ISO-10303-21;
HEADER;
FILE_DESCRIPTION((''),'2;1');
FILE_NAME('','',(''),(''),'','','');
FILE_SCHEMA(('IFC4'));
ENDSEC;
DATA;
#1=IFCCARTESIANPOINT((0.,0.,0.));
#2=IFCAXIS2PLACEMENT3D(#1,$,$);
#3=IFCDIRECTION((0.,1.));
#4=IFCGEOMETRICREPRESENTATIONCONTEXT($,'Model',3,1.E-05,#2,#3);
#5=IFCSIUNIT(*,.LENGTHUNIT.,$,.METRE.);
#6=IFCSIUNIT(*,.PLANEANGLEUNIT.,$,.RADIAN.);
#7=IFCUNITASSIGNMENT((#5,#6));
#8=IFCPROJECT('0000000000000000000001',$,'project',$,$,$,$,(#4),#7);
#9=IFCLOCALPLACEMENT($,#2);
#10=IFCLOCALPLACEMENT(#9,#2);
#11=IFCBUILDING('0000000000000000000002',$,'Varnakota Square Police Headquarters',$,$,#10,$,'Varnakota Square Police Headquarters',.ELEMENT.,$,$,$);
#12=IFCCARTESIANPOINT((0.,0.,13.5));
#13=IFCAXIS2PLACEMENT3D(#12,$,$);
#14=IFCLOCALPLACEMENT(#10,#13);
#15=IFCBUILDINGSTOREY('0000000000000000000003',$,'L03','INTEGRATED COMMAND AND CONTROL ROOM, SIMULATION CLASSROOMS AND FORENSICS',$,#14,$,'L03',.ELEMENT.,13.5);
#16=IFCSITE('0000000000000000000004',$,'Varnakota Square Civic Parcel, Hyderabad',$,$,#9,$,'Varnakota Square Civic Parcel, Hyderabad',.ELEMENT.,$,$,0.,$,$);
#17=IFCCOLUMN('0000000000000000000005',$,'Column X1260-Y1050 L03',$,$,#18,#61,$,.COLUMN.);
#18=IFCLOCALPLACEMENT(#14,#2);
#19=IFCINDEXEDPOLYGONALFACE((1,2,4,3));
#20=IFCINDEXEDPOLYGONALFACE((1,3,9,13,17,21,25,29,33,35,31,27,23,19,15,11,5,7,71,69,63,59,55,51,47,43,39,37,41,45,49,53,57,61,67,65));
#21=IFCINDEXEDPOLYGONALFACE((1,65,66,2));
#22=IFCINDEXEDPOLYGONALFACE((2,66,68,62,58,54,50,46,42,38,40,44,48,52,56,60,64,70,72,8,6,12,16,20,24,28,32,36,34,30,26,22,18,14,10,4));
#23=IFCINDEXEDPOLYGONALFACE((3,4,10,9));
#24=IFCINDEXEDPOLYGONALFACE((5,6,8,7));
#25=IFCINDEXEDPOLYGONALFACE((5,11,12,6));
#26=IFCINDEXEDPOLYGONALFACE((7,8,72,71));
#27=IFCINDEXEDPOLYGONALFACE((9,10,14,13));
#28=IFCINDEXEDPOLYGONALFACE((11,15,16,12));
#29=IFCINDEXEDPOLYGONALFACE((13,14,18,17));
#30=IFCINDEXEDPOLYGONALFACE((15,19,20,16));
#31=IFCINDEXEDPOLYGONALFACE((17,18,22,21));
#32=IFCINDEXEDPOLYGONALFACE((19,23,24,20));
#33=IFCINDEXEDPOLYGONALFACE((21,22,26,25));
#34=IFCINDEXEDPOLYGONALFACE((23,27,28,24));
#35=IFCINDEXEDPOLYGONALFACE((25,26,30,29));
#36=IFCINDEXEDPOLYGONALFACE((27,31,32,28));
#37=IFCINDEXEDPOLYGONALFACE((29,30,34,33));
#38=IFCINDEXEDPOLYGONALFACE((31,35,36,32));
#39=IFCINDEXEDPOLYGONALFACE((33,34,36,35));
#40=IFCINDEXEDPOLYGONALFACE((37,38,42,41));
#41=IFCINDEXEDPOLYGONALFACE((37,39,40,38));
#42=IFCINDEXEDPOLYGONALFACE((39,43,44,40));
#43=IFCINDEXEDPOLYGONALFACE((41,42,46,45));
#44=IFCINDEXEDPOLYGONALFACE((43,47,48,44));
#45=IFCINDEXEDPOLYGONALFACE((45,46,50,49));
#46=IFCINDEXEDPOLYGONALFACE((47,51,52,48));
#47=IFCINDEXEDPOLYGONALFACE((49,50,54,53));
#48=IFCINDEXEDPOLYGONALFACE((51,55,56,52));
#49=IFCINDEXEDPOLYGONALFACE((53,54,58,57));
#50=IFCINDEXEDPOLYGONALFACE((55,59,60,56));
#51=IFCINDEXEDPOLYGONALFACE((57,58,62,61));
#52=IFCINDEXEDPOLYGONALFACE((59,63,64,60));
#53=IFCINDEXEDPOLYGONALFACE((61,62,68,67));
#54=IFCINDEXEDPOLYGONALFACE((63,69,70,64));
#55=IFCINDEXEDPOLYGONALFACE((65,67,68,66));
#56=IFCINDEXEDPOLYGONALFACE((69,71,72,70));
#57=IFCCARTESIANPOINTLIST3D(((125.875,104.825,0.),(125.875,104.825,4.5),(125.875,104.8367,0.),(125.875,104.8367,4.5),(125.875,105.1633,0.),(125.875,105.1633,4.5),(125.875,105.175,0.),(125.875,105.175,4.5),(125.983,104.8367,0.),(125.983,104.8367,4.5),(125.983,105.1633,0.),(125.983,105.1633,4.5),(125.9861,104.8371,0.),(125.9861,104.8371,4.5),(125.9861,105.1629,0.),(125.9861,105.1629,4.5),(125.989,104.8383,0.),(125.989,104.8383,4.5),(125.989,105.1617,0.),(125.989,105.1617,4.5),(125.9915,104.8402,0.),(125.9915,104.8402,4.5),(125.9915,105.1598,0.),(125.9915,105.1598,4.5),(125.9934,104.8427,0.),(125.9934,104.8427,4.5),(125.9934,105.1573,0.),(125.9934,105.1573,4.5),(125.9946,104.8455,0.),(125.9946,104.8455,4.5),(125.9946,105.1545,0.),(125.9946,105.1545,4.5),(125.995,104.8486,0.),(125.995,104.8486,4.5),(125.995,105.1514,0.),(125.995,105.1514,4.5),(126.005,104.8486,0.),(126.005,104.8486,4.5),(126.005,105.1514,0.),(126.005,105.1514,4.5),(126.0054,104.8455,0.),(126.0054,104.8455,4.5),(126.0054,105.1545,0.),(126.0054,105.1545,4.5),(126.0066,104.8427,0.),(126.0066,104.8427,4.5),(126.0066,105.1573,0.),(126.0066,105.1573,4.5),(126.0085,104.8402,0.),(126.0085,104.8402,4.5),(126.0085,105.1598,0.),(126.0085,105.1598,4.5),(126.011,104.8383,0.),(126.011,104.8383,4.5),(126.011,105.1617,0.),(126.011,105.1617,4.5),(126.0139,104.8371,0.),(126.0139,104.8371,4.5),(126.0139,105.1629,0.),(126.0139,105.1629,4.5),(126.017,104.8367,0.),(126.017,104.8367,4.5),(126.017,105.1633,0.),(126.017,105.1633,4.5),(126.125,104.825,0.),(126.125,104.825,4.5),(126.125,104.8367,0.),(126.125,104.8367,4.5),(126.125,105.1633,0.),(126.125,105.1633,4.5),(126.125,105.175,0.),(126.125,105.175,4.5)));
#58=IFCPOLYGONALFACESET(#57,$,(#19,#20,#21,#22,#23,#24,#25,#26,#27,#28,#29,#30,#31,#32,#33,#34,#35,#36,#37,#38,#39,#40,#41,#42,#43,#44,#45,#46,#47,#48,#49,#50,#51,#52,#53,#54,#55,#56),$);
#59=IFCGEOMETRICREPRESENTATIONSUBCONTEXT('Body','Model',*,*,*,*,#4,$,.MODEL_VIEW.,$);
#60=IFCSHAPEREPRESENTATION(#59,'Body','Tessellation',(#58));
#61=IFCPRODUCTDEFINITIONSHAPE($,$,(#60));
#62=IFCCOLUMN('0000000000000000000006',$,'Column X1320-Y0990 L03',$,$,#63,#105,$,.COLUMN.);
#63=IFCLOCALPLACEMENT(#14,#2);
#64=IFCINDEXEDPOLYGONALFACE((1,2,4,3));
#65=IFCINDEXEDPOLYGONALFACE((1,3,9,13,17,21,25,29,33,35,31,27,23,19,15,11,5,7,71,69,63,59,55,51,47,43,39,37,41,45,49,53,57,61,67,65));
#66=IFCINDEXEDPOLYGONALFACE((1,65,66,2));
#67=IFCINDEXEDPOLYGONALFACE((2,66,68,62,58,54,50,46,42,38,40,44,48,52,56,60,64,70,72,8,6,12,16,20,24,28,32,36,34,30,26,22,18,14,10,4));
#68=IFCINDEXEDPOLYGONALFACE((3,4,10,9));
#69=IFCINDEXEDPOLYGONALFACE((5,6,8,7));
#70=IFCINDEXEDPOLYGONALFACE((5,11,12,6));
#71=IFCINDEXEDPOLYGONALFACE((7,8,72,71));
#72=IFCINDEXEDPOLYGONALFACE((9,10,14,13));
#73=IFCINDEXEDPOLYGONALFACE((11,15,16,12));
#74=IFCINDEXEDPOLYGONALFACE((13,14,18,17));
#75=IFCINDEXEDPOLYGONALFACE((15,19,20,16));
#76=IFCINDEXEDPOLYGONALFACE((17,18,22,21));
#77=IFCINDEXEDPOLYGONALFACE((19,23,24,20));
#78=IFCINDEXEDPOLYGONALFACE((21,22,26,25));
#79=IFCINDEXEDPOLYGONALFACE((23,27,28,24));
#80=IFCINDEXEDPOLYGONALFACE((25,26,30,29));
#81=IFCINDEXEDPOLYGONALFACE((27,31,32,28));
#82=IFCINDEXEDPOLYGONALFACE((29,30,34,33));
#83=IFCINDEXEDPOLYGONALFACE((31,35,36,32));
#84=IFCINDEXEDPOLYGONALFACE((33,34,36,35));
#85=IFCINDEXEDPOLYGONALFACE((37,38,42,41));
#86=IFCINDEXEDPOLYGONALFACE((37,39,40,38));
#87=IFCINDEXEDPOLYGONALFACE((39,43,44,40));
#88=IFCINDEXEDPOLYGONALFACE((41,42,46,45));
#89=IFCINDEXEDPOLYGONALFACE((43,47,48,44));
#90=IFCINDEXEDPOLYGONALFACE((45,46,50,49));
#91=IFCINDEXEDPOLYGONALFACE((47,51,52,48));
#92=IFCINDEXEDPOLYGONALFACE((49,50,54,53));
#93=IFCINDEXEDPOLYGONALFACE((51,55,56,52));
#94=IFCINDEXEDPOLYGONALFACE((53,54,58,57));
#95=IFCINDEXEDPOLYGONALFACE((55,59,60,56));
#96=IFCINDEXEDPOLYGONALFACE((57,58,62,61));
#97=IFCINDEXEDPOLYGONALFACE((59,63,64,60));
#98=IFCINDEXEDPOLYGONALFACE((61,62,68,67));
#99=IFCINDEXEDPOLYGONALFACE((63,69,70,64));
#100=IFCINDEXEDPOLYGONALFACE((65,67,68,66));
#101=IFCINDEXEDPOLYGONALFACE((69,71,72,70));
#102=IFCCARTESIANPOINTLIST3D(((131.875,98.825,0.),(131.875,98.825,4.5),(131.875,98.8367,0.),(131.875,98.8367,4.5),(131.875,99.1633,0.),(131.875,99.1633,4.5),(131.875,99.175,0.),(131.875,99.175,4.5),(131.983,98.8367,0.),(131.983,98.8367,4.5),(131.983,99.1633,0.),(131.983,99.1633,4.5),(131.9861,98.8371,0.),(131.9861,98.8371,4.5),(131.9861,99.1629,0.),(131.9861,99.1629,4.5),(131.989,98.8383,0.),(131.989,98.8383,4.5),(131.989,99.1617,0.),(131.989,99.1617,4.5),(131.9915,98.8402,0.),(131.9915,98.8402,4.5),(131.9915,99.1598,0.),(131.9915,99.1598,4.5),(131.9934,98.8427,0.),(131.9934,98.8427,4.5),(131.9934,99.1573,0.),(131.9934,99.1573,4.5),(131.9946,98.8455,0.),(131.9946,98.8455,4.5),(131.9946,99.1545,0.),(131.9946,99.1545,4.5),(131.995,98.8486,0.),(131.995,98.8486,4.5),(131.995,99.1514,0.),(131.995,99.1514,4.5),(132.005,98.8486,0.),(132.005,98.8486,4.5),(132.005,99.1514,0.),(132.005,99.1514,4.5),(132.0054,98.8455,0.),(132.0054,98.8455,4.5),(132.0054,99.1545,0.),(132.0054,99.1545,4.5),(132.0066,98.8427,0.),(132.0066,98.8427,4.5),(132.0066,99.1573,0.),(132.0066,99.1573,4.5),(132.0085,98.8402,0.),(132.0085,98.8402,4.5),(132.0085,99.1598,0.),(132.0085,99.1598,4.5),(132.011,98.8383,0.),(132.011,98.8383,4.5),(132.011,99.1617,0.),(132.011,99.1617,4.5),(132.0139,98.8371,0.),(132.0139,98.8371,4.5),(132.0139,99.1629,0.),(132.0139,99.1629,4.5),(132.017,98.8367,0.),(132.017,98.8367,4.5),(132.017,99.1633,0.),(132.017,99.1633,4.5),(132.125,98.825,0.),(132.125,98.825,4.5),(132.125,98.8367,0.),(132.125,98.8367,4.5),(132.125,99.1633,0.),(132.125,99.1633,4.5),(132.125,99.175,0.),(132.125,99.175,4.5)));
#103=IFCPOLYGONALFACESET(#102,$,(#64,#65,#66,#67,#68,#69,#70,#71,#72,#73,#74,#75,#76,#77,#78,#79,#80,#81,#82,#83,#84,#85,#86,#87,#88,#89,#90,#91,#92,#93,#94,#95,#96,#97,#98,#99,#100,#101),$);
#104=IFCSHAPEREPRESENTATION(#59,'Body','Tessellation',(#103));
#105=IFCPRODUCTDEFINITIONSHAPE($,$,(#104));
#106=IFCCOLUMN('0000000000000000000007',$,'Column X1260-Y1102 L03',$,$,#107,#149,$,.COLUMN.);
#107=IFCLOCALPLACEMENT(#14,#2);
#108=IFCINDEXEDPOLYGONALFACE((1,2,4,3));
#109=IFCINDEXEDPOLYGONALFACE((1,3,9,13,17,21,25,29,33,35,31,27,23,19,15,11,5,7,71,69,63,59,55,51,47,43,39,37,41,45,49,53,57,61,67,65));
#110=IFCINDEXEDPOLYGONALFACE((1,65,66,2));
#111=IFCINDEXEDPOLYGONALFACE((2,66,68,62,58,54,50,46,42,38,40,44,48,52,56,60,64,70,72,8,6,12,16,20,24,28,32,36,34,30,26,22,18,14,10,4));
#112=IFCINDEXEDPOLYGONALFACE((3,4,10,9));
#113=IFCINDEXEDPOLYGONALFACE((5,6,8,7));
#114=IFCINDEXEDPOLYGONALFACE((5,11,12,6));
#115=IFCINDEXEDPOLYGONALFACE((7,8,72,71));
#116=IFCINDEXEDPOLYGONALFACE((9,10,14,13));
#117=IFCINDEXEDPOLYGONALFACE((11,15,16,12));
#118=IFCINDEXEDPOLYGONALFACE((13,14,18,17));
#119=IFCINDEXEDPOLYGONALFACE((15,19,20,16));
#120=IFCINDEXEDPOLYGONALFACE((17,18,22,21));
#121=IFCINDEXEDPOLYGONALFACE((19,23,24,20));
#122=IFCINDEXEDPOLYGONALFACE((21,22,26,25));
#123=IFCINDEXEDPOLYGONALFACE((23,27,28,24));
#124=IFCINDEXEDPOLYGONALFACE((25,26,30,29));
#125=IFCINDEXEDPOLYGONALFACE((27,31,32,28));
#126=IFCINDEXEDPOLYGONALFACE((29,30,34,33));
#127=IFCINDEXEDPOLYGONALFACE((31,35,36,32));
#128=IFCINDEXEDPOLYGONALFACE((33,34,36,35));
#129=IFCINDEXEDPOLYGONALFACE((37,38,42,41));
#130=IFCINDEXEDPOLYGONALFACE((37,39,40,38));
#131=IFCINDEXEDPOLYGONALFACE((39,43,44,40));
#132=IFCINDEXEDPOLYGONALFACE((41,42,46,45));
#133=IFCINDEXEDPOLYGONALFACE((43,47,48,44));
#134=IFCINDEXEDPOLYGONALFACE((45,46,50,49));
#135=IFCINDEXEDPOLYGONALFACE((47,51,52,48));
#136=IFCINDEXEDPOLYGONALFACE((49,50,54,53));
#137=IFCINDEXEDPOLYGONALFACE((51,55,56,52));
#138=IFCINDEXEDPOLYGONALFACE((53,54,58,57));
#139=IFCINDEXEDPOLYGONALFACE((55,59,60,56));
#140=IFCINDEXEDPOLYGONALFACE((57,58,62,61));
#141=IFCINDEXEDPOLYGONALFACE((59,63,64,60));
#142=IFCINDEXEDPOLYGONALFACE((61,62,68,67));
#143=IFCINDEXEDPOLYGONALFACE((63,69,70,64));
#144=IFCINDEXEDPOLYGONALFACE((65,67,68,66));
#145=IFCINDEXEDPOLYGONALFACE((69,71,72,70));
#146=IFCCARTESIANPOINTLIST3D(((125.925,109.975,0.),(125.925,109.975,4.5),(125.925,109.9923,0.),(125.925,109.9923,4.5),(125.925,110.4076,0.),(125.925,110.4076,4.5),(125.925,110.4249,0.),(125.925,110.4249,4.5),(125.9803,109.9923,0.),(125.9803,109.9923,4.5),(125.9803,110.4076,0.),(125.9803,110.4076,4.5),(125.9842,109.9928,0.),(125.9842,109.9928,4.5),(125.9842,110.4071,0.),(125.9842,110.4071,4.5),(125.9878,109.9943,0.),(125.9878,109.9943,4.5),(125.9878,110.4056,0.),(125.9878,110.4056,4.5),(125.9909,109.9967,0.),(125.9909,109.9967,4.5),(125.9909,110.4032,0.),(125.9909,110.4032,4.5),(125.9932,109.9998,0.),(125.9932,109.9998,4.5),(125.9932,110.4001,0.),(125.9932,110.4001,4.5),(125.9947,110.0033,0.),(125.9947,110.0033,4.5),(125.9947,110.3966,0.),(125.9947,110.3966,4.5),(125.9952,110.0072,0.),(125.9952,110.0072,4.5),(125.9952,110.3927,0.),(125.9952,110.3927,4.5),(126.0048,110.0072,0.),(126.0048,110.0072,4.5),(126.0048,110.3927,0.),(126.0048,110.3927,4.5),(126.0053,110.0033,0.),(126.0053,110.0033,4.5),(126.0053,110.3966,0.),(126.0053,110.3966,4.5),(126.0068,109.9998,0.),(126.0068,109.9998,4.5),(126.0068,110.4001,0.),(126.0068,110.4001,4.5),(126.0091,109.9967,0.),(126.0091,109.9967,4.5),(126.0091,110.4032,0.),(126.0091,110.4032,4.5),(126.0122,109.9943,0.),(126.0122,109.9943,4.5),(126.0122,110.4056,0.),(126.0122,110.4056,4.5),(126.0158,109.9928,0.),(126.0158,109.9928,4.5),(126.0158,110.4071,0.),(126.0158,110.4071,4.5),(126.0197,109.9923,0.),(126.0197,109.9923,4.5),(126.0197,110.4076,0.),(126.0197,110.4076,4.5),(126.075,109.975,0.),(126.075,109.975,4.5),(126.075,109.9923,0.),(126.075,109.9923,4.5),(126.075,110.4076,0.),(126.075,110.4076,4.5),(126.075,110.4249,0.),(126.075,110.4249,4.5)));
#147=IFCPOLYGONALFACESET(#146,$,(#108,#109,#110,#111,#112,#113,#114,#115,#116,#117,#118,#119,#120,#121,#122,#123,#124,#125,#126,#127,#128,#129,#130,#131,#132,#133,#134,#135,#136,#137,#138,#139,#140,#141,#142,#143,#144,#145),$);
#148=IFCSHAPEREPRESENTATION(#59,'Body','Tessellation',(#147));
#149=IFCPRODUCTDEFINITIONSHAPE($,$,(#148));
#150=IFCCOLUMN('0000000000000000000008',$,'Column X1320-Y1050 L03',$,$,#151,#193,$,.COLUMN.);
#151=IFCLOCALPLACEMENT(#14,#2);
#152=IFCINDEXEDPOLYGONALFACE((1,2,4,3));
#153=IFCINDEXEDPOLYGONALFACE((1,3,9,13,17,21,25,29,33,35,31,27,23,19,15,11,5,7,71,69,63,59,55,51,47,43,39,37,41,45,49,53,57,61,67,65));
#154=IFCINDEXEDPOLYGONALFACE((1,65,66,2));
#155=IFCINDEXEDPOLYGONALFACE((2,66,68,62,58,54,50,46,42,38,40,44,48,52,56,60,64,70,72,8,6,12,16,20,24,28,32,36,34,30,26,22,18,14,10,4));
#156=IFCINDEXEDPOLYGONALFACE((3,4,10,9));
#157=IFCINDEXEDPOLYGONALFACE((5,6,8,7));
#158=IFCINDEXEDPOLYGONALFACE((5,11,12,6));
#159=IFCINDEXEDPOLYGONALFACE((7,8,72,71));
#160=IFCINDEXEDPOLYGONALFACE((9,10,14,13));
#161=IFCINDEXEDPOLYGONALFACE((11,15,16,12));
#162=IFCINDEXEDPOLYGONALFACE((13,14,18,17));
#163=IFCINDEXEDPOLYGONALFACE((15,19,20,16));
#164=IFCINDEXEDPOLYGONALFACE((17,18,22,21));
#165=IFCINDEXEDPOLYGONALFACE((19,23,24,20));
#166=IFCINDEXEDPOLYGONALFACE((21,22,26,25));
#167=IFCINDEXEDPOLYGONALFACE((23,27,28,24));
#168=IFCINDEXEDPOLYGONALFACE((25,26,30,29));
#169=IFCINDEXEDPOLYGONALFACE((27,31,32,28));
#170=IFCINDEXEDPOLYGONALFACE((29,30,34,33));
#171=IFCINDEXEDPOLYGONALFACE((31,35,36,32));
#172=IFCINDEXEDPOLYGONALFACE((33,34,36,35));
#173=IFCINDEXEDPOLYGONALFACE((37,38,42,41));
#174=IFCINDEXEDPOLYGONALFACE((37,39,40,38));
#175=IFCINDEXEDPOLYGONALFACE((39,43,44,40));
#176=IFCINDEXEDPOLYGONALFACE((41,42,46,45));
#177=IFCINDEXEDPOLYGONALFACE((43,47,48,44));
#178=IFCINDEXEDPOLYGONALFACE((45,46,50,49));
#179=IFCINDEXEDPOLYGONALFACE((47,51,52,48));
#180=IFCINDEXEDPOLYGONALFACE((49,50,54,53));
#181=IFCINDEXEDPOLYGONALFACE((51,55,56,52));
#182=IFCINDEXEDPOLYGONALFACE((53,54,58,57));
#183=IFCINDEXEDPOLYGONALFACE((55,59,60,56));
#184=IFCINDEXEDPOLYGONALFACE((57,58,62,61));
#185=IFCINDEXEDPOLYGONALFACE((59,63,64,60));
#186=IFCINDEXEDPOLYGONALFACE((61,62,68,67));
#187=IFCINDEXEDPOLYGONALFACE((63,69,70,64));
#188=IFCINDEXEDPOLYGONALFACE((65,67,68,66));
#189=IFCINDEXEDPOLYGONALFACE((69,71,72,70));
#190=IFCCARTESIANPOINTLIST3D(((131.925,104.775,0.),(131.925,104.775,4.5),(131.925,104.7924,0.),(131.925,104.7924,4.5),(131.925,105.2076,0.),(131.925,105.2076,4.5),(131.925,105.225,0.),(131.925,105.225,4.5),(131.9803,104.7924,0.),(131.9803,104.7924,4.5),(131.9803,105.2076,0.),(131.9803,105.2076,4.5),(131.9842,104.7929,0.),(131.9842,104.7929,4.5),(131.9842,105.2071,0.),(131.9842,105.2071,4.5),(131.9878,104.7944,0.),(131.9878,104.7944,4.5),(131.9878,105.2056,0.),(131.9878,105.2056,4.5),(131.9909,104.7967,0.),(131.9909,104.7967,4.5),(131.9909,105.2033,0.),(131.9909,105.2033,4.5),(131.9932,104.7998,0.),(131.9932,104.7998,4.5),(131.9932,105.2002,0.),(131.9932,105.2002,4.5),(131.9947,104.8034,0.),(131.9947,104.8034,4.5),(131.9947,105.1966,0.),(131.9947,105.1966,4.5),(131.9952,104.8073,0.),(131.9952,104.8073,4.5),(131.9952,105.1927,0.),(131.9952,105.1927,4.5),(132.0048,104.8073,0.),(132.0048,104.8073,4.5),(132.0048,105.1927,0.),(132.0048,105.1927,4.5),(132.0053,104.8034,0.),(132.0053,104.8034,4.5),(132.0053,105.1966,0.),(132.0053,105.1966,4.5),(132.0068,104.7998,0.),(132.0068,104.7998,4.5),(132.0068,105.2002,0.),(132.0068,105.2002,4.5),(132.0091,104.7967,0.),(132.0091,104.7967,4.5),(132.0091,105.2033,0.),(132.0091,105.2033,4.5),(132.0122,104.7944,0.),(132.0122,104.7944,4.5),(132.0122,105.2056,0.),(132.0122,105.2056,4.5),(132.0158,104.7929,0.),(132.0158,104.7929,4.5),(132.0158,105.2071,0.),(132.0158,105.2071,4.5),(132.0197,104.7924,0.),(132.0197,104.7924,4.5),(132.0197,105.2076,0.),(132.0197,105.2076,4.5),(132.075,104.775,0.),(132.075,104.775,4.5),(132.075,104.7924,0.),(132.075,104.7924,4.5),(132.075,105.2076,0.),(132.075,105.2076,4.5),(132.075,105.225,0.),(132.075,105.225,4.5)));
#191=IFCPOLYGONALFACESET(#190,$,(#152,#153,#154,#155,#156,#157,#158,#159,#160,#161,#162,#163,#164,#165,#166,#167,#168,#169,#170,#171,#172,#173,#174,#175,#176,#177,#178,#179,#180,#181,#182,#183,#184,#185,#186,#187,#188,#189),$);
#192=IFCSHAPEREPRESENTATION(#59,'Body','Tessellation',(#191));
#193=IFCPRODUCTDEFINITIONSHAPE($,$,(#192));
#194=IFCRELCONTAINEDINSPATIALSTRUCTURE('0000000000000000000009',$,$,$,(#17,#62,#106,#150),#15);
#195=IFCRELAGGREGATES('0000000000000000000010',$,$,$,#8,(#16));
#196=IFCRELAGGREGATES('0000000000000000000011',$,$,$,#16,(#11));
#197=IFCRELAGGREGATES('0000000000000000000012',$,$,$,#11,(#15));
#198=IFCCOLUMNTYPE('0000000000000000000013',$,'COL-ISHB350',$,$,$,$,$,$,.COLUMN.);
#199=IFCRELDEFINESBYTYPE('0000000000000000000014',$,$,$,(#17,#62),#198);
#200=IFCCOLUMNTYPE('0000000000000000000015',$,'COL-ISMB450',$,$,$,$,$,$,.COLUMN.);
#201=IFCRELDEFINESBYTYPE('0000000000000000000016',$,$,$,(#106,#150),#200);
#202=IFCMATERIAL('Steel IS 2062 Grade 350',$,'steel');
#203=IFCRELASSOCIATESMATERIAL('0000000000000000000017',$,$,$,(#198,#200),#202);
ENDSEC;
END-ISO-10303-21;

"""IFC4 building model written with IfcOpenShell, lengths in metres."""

from ifc_helpers import new_model, si_unit, direction, frame, origin, origin_2d, place, context, subcontext, project, spatial, i_section, extrude, material, material_profile, profile_set, type_object, element, save


model = new_model("IFC4")

# Units and contexts
model_context = context("Model", 3, precision=1e-05, world=origin(), true_north=direction((0.0, 1.0)))
body_context = subcontext(model_context, "Body", "Model", "MODEL_VIEW")
ifc_project = project(units=[si_unit("LENGTHUNIT", "METRE"), si_unit("PLANEANGLEUNIT", "RADIAN")], contexts=[model_context])

# Site, building, storey
site_placement = place(None, origin())
site = spatial("IfcSite", under=ifc_project, at=site_placement, Name="Varnakota Square Civic Parcel, Hyderabad", LongName="Varnakota Square Civic Parcel, Hyderabad", CompositionType="ELEMENT", RefElevation=0.0)
building_placement = place(site_placement, origin())
building = spatial("IfcBuilding", under=site, at=building_placement, Name="Varnakota Square Police Headquarters", LongName="Varnakota Square Police Headquarters", CompositionType="ELEMENT")
storey_placement = place(building_placement, frame((0.0, 0.0, 13.5)))
storey = spatial("IfcBuildingStorey", under=building, at=storey_placement, Name="L03", Description="INTEGRATED COMMAND AND CONTROL ROOM, SIMULATION CLASSROOMS AND FORENSICS", LongName="L03", CompositionType="ELEMENT", Elevation=13.5)

# Columns
ifc_material_1 = material(Name="Steel IS 2062 Grade 350", Category="steel")
ifc_material_profile_1 = material_profile(ifc_material_1, i_section(OverallWidth=0.25, OverallDepth=0.3501, WebThickness=0.01, FlangeThickness=0.0117, FilletRadius=0.012, at=origin_2d()), Name="ISHB 350")
ifc_profile_set_1 = profile_set([ifc_material_profile_1], Name="Steel IS 2062 Grade 350")
column_type_1 = type_object("IfcColumnType", Name="COL-ISHB350", PredefinedType="COLUMN", material=ifc_profile_set_1)
for number, where, z_axis, x_axis, name in (
    (1, (126.0, 105.0, 0.0), (0.0, 0.0, 1.0), (1.0, 0.0, 0.0), "Column X1260-Y1050 L03"),
    (2, (132.0, 99.0, 0.0), (0.0, 0.0, 1.0), (1.0, 0.0, 0.0), "Column X1320-Y0990 L03"),
):
    element("IfcColumn", number, at=place(storey_placement, frame(where, z_axis=z_axis, x_axis=x_axis)), inside=storey, type_object=column_type_1, Name=name, PredefinedType="COLUMN", context=body_context, shape_type="SweptSolid", body=[
        extrude(i_section(OverallWidth=0.25, OverallDepth=0.3501, WebThickness=0.01, FlangeThickness=0.0117, FilletRadius=0.012, at=origin_2d()), origin(), (0.0, 0.0, 1.0), 4.5),
    ])
ifc_material_profile_2 = material_profile(ifc_material_1, i_section(OverallWidth=0.1499, OverallDepth=0.45, WebThickness=0.0095, FlangeThickness=0.0173, FilletRadius=0.0149, at=origin_2d()), Name="ISMB 450")
ifc_profile_set_2 = profile_set([ifc_material_profile_2], Name="Steel IS 2062 Grade 350")
column_type_2 = type_object("IfcColumnType", Name="COL-ISMB450", PredefinedType="COLUMN", material=ifc_profile_set_2)
for number, where, z_axis, x_axis, name in (
    (3, (126.0, 110.2, 0.0), (0.0, 0.0, 1.0), (1.0, 0.0, 0.0), "Column X1260-Y1102 L03"),
    (4, (132.0, 105.0, 0.0), (0.0, 0.0, 1.0), (1.0, 0.0, 0.0), "Column X1320-Y1050 L03"),
):
    element("IfcColumn", number, at=place(storey_placement, frame(where, z_axis=z_axis, x_axis=x_axis)), inside=storey, type_object=column_type_2, Name=name, PredefinedType="COLUMN", context=body_context, shape_type="SweptSolid", body=[
        extrude(i_section(OverallWidth=0.1499, OverallDepth=0.45, WebThickness=0.0095, FlangeThickness=0.0173, FilletRadius=0.0149, at=origin_2d()), origin(), (0.0, 0.0, 1.0), 4.5),
    ])

save(model, "model.ifc")
